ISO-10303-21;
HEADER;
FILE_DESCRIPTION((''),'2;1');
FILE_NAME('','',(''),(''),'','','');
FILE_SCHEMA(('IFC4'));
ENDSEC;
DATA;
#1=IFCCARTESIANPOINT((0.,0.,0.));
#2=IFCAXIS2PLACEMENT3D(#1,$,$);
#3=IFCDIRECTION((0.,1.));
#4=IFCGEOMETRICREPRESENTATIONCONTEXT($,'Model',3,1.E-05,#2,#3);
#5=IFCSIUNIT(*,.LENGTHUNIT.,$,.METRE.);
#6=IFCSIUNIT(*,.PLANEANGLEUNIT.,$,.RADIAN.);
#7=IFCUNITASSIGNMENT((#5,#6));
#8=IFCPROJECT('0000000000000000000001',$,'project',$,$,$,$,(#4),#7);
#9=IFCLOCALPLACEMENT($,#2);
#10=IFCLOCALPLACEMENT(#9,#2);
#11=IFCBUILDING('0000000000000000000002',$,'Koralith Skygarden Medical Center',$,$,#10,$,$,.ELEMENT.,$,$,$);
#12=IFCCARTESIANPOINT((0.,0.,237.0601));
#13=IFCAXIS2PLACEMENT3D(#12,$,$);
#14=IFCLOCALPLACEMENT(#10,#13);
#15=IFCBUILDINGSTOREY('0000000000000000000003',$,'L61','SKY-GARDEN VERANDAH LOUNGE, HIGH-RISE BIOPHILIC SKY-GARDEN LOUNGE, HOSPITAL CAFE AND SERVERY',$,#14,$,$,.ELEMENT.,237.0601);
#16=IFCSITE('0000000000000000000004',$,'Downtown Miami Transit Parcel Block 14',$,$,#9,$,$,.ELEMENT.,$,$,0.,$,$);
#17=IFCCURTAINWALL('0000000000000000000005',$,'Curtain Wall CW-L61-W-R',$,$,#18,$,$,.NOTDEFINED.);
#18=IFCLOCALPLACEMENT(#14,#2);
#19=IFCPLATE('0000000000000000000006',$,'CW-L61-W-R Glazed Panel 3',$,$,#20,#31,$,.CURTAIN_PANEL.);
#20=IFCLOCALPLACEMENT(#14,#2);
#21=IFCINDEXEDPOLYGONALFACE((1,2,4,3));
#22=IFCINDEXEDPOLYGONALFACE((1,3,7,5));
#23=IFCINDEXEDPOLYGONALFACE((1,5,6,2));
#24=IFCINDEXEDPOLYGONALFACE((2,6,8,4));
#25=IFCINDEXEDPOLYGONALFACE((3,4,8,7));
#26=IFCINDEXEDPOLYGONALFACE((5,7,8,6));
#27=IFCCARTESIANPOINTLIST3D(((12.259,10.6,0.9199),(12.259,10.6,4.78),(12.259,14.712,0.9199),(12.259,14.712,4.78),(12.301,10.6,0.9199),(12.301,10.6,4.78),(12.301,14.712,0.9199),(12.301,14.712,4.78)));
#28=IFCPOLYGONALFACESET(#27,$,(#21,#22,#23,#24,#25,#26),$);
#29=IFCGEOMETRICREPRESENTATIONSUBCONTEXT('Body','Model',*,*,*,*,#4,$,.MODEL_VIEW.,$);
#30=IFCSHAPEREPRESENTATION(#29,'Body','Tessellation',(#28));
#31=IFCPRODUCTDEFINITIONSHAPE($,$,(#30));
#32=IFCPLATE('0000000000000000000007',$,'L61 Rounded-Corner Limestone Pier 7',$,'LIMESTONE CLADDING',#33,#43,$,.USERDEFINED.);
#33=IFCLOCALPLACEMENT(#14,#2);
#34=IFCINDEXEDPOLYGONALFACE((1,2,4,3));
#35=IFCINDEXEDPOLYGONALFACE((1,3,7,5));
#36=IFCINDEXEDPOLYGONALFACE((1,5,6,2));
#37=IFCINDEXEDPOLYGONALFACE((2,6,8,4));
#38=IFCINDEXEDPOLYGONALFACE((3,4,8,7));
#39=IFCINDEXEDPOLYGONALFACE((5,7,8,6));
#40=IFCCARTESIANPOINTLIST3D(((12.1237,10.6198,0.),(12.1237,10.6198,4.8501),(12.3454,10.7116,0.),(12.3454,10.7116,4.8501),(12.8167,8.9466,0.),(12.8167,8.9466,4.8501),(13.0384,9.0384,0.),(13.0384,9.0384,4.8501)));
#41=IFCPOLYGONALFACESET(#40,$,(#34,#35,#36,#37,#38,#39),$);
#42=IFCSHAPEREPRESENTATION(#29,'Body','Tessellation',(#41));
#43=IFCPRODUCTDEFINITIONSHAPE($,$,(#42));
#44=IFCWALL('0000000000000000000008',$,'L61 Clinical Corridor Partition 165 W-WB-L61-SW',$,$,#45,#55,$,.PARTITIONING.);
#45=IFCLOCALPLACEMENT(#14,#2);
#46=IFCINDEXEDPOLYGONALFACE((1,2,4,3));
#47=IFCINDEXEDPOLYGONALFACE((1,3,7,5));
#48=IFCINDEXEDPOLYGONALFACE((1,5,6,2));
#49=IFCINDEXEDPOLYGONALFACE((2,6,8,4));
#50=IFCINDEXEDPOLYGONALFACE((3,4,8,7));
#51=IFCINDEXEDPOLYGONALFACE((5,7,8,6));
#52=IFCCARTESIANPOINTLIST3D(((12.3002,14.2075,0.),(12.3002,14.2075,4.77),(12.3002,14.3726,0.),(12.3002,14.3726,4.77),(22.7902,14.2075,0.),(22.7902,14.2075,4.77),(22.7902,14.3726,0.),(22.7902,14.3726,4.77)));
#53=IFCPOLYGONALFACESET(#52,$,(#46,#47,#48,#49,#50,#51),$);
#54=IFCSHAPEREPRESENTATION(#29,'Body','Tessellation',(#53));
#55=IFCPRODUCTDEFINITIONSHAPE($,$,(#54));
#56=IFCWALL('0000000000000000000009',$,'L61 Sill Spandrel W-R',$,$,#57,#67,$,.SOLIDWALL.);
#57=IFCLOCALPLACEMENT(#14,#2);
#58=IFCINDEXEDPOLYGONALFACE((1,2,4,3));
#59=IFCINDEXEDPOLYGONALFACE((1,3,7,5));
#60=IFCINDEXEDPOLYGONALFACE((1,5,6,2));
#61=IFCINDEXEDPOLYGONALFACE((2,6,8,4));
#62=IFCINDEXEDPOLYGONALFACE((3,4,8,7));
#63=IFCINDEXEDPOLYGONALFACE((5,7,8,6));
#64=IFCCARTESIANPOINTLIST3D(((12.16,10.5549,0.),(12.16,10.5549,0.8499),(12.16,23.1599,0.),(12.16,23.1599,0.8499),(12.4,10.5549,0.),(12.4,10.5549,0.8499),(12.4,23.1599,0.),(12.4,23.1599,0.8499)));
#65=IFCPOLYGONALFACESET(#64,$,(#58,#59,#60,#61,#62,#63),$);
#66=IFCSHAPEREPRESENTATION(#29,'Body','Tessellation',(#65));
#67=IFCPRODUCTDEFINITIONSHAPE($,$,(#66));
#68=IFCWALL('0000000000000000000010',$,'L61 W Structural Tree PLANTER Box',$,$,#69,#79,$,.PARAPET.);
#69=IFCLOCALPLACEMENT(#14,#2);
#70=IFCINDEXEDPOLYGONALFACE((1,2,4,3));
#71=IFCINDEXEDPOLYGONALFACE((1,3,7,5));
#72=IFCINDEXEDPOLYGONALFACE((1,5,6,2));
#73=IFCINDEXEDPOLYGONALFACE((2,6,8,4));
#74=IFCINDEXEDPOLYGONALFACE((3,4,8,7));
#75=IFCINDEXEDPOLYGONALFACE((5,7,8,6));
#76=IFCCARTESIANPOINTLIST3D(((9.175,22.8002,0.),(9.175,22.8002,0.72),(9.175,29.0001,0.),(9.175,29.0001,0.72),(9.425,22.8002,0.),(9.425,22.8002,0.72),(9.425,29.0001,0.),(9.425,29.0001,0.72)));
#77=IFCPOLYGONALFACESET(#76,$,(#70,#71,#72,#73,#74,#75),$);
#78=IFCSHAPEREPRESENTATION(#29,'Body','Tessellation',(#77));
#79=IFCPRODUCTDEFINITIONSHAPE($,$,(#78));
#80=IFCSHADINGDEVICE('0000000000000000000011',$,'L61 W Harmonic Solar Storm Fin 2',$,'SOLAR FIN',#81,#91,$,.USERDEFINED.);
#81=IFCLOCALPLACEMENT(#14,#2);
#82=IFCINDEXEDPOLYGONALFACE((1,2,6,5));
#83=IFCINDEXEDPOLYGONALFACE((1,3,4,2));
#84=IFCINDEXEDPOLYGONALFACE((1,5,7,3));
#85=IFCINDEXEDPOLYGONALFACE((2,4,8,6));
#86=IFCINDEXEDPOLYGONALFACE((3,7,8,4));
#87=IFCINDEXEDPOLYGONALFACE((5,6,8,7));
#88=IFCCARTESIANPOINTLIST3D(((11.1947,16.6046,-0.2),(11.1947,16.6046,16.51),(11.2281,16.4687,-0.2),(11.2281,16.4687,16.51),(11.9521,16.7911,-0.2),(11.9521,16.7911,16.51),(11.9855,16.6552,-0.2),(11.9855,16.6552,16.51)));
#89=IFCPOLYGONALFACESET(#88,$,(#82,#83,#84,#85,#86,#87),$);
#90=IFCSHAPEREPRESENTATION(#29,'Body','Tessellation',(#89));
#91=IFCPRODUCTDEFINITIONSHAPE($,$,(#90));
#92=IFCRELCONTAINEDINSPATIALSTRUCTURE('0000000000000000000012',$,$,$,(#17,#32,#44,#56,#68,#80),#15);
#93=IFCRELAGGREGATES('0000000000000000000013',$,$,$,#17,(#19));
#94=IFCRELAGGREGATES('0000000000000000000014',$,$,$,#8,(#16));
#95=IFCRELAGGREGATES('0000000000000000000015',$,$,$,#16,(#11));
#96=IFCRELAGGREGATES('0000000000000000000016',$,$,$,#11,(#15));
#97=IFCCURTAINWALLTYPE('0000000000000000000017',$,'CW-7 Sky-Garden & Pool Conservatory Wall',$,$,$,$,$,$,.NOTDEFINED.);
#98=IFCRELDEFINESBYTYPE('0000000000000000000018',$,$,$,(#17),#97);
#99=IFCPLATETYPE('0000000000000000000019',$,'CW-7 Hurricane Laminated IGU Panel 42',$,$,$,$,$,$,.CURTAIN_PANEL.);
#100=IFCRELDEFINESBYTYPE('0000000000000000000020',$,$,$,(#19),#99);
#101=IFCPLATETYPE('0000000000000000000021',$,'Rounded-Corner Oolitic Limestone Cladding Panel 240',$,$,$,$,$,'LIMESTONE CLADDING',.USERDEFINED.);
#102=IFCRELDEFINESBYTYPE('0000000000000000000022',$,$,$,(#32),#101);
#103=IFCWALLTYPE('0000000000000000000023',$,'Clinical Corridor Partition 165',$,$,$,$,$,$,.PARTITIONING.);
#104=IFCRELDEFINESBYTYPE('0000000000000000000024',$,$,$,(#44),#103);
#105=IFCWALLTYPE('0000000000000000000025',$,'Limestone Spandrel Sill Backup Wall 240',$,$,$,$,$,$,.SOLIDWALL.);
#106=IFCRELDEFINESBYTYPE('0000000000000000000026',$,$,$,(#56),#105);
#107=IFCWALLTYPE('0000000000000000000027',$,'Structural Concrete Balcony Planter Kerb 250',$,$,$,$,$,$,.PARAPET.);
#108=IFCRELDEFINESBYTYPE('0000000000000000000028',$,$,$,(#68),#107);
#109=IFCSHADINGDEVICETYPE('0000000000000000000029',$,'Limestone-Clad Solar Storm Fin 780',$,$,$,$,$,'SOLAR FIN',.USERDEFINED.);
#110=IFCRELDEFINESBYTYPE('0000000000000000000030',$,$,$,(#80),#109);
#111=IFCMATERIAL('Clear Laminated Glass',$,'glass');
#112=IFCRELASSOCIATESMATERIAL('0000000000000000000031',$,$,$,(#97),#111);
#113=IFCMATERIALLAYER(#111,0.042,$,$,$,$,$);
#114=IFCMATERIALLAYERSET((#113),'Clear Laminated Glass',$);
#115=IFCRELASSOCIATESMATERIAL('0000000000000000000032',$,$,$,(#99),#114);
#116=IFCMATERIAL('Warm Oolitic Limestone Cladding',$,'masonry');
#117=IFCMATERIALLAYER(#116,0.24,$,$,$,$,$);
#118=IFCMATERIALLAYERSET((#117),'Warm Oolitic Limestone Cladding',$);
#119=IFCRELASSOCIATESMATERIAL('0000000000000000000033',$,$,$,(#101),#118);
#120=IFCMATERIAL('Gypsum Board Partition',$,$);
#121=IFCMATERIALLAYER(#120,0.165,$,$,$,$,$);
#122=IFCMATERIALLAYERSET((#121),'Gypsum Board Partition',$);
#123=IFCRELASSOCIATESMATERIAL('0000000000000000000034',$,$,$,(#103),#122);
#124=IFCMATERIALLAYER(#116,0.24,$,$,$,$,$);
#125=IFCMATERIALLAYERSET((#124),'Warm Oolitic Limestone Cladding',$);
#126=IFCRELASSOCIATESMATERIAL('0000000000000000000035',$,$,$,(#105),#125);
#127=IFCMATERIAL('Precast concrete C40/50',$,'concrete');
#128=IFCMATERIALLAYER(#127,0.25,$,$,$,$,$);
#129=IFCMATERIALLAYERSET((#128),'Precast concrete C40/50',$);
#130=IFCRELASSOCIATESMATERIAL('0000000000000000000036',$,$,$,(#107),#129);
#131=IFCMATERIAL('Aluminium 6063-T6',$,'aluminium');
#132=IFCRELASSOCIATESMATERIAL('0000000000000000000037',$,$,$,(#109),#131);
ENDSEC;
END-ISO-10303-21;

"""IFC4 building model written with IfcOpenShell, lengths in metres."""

from ifc_helpers import new_model, si_unit, direction, frame, frame_2d, origin, origin_2d, place, context, subcontext, project, spatial, rectangle, extrude, material, layer, layer_set, type_object, element, aggregate, save


model = new_model("IFC4")

# Units and contexts
model_context = context("Model", 3, precision=1e-05, world=origin(), true_north=direction((0.0, 1.0)))
body_context = subcontext(model_context, "Body", "Model", "MODEL_VIEW")
ifc_project = project(units=[si_unit("LENGTHUNIT", "METRE"), si_unit("PLANEANGLEUNIT", "RADIAN")], contexts=[model_context])

# Site, building, storey
site_placement = place(None, origin())
site = spatial("IfcSite", under=ifc_project, at=site_placement, Name="Downtown Miami Transit Parcel Block 14", CompositionType="ELEMENT", RefElevation=0.0)
building_placement = place(site_placement, origin())
building = spatial("IfcBuilding", under=site, at=building_placement, Name="Koralith Skygarden Medical Center", CompositionType="ELEMENT")
storey_placement = place(building_placement, frame((0.0, 0.0, 237.0601)))
storey = spatial("IfcBuildingStorey", under=building, at=storey_placement, Name="L61", Description="SKY-GARDEN VERANDAH LOUNGE, HIGH-RISE BIOPHILIC SKY-GARDEN LOUNGE, HOSPITAL CAFE AND SERVERY", CompositionType="ELEMENT", Elevation=237.0601)

# Curtain wall
ifc_material_1 = material(Name="Clear Laminated Glass", Category="glass")
curtain_wall_type = type_object("IfcCurtainWallType", Name="CW-7 Sky-Garden & Pool Conservatory Wall", PredefinedType="NOTDEFINED", material=ifc_material_1)
curtain_wall_1_placement = place(storey_placement, origin())
curtain_wall_1 = element("IfcCurtainWall", 1, at=curtain_wall_1_placement, inside=storey, type_object=curtain_wall_type, Name="Curtain Wall CW-L61-W-R", PredefinedType="NOTDEFINED")
ifc_material_2 = material(Name="Aluminium 6063-T6", Category="aluminium")

# Plates
ifc_layer_1 = layer(ifc_material_1, 0.042)
ifc_layer_set_1 = layer_set([ifc_layer_1], Name="Clear Laminated Glass")
plate_type_1 = type_object("IfcPlateType", Name="CW-7 Hurricane Laminated IGU Panel 42", PredefinedType="CURTAIN_PANEL", material=ifc_layer_set_1)
plate_1_placement = place(storey_placement, frame((12.28, 12.656, 0.9199), z_axis=(0.0, 0.0, 1.0), x_axis=(0.0, -1.0, 0.0)))
plate_1 = element("IfcPlate", 2, at=plate_1_placement, type_object=plate_type_1, Name="CW-L61-W-R Glazed Panel 3", PredefinedType="CURTAIN_PANEL", context=body_context, shape_type="SweptSolid", body=[
    extrude(rectangle(XDim=4.1121, YDim=0.042, at=origin_2d()), origin(), (0.0, 0.0, 1.0), 3.8601),
])
aggregate(curtain_wall_1, [plate_1])
ifc_material_3 = material(Name="Warm Oolitic Limestone Cladding", Category="masonry")
ifc_layer_2 = layer(ifc_material_3, 0.24)
ifc_layer_set_2 = layer_set([ifc_layer_2], Name="Warm Oolitic Limestone Cladding")
plate_type_2 = type_object("IfcPlateType", Name="Rounded-Corner Oolitic Limestone Cladding Panel 240", ElementType="LIMESTONE CLADDING", PredefinedType="USERDEFINED", material=ifc_layer_set_2)
plate_2_placement = place(storey_placement, frame((12.5811, 9.8291, 0.0), z_axis=(0.0, 0.0, 1.0), x_axis=(0.382671, -0.923885, 0.0)))
element("IfcPlate", 3, at=plate_2_placement, inside=storey, type_object=plate_type_2, Name="L61 Rounded-Corner Limestone Pier 7", ObjectType="LIMESTONE CLADDING", PredefinedType="USERDEFINED", context=body_context, shape_type="SweptSolid", body=[
    extrude(rectangle(XDim=1.811, YDim=0.24, at=origin_2d()), origin(), (0.0, 0.0, 1.0), 4.8501),
])

# Walls
ifc_material_4 = material(Name="Gypsum Board Partition")
ifc_layer_3 = layer(ifc_material_4, 0.165)
ifc_layer_set_3 = layer_set([ifc_layer_3], Name="Gypsum Board Partition")
wall_type_1 = type_object("IfcWallType", Name="Clinical Corridor Partition 165", PredefinedType="PARTITIONING", material=ifc_layer_set_3)
wall_1_placement = place(storey_placement, frame((12.3, 14.29, 0.0), z_axis=(0.0, 0.0, 1.0), x_axis=(1.0, 0.0, 0.0)))
element("IfcWall", 4, at=wall_1_placement, inside=storey, type_object=wall_type_1, Name="L61 Clinical Corridor Partition 165 W-WB-L61-SW", PredefinedType="PARTITIONING", context=body_context, shape_type="SweptSolid", body=[
    extrude(rectangle(XDim=10.49, YDim=0.165, at=frame_2d((5.2451, 0.0))), origin(), (0.0, 0.0, 1.0), 4.77),
])
ifc_layer_4 = layer(ifc_material_3, 0.24)
ifc_layer_set_4 = layer_set([ifc_layer_4], Name="Warm Oolitic Limestone Cladding")
wall_type_2 = type_object("IfcWallType", Name="Limestone Spandrel Sill Backup Wall 240", PredefinedType="SOLIDWALL", material=ifc_layer_set_4)
wall_2_placement = place(storey_placement, frame((12.28, 23.1599, 0.0), z_axis=(0.0, 0.0, 1.0), x_axis=(0.0, -1.0, 0.0)))
element("IfcWall", 5, at=wall_2_placement, inside=storey, type_object=wall_type_2, Name="L61 Sill Spandrel W-R", PredefinedType="SOLIDWALL", context=body_context, shape_type="SweptSolid", body=[
    extrude(rectangle(XDim=12.605, YDim=0.24, at=frame_2d((6.3025, 0.0))), origin(), (0.0, 0.0, 1.0), 0.8499),
])
ifc_material_5 = material(Name="Precast concrete C40/50", Category="concrete")
ifc_layer_5 = layer(ifc_material_5, 0.25)
ifc_layer_set_5 = layer_set([ifc_layer_5], Name="Precast concrete C40/50")
wall_type_3 = type_object("IfcWallType", Name="Structural Concrete Balcony Planter Kerb 250", PredefinedType="PARAPET", material=ifc_layer_set_5)
wall_3_placement = place(storey_placement, frame((9.3, 22.8, 0.0), z_axis=(0.0, 0.0, 1.0), x_axis=(0.0, 1.0, 0.0)))
element("IfcWall", 6, at=wall_3_placement, inside=storey, type_object=wall_type_3, Name="L61 W Structural Tree PLANTER Box", PredefinedType="PARAPET", context=body_context, shape_type="SweptSolid", body=[
    extrude(rectangle(XDim=6.2, YDim=0.25, at=frame_2d((3.1001, 0.0))), origin(), (0.0, 0.0, 1.0), 0.72),
])

# Shading device
shading_device_type = type_object("IfcShadingDeviceType", Name="Limestone-Clad Solar Storm Fin 780", ElementType="SOLAR FIN", PredefinedType="USERDEFINED", material=ifc_material_2)
shading_device_placement = place(storey_placement, frame((11.5901, 16.6299, -0.2), z_axis=(0.0, 0.0, 1.0), x_axis=(-0.970997, -0.239093, 0.0)))
element("IfcShadingDevice", 7, at=shading_device_placement, inside=storey, type_object=shading_device_type, Name="L61 W Harmonic Solar Storm Fin 2", ObjectType="SOLAR FIN", PredefinedType="USERDEFINED", context=body_context, shape_type="SweptSolid", body=[
    extrude(rectangle(XDim=0.78, YDim=0.1399, at=origin_2d()), origin(), (0.0, 0.0, 1.0), 16.71),
])

save(model, "model.ifc")
